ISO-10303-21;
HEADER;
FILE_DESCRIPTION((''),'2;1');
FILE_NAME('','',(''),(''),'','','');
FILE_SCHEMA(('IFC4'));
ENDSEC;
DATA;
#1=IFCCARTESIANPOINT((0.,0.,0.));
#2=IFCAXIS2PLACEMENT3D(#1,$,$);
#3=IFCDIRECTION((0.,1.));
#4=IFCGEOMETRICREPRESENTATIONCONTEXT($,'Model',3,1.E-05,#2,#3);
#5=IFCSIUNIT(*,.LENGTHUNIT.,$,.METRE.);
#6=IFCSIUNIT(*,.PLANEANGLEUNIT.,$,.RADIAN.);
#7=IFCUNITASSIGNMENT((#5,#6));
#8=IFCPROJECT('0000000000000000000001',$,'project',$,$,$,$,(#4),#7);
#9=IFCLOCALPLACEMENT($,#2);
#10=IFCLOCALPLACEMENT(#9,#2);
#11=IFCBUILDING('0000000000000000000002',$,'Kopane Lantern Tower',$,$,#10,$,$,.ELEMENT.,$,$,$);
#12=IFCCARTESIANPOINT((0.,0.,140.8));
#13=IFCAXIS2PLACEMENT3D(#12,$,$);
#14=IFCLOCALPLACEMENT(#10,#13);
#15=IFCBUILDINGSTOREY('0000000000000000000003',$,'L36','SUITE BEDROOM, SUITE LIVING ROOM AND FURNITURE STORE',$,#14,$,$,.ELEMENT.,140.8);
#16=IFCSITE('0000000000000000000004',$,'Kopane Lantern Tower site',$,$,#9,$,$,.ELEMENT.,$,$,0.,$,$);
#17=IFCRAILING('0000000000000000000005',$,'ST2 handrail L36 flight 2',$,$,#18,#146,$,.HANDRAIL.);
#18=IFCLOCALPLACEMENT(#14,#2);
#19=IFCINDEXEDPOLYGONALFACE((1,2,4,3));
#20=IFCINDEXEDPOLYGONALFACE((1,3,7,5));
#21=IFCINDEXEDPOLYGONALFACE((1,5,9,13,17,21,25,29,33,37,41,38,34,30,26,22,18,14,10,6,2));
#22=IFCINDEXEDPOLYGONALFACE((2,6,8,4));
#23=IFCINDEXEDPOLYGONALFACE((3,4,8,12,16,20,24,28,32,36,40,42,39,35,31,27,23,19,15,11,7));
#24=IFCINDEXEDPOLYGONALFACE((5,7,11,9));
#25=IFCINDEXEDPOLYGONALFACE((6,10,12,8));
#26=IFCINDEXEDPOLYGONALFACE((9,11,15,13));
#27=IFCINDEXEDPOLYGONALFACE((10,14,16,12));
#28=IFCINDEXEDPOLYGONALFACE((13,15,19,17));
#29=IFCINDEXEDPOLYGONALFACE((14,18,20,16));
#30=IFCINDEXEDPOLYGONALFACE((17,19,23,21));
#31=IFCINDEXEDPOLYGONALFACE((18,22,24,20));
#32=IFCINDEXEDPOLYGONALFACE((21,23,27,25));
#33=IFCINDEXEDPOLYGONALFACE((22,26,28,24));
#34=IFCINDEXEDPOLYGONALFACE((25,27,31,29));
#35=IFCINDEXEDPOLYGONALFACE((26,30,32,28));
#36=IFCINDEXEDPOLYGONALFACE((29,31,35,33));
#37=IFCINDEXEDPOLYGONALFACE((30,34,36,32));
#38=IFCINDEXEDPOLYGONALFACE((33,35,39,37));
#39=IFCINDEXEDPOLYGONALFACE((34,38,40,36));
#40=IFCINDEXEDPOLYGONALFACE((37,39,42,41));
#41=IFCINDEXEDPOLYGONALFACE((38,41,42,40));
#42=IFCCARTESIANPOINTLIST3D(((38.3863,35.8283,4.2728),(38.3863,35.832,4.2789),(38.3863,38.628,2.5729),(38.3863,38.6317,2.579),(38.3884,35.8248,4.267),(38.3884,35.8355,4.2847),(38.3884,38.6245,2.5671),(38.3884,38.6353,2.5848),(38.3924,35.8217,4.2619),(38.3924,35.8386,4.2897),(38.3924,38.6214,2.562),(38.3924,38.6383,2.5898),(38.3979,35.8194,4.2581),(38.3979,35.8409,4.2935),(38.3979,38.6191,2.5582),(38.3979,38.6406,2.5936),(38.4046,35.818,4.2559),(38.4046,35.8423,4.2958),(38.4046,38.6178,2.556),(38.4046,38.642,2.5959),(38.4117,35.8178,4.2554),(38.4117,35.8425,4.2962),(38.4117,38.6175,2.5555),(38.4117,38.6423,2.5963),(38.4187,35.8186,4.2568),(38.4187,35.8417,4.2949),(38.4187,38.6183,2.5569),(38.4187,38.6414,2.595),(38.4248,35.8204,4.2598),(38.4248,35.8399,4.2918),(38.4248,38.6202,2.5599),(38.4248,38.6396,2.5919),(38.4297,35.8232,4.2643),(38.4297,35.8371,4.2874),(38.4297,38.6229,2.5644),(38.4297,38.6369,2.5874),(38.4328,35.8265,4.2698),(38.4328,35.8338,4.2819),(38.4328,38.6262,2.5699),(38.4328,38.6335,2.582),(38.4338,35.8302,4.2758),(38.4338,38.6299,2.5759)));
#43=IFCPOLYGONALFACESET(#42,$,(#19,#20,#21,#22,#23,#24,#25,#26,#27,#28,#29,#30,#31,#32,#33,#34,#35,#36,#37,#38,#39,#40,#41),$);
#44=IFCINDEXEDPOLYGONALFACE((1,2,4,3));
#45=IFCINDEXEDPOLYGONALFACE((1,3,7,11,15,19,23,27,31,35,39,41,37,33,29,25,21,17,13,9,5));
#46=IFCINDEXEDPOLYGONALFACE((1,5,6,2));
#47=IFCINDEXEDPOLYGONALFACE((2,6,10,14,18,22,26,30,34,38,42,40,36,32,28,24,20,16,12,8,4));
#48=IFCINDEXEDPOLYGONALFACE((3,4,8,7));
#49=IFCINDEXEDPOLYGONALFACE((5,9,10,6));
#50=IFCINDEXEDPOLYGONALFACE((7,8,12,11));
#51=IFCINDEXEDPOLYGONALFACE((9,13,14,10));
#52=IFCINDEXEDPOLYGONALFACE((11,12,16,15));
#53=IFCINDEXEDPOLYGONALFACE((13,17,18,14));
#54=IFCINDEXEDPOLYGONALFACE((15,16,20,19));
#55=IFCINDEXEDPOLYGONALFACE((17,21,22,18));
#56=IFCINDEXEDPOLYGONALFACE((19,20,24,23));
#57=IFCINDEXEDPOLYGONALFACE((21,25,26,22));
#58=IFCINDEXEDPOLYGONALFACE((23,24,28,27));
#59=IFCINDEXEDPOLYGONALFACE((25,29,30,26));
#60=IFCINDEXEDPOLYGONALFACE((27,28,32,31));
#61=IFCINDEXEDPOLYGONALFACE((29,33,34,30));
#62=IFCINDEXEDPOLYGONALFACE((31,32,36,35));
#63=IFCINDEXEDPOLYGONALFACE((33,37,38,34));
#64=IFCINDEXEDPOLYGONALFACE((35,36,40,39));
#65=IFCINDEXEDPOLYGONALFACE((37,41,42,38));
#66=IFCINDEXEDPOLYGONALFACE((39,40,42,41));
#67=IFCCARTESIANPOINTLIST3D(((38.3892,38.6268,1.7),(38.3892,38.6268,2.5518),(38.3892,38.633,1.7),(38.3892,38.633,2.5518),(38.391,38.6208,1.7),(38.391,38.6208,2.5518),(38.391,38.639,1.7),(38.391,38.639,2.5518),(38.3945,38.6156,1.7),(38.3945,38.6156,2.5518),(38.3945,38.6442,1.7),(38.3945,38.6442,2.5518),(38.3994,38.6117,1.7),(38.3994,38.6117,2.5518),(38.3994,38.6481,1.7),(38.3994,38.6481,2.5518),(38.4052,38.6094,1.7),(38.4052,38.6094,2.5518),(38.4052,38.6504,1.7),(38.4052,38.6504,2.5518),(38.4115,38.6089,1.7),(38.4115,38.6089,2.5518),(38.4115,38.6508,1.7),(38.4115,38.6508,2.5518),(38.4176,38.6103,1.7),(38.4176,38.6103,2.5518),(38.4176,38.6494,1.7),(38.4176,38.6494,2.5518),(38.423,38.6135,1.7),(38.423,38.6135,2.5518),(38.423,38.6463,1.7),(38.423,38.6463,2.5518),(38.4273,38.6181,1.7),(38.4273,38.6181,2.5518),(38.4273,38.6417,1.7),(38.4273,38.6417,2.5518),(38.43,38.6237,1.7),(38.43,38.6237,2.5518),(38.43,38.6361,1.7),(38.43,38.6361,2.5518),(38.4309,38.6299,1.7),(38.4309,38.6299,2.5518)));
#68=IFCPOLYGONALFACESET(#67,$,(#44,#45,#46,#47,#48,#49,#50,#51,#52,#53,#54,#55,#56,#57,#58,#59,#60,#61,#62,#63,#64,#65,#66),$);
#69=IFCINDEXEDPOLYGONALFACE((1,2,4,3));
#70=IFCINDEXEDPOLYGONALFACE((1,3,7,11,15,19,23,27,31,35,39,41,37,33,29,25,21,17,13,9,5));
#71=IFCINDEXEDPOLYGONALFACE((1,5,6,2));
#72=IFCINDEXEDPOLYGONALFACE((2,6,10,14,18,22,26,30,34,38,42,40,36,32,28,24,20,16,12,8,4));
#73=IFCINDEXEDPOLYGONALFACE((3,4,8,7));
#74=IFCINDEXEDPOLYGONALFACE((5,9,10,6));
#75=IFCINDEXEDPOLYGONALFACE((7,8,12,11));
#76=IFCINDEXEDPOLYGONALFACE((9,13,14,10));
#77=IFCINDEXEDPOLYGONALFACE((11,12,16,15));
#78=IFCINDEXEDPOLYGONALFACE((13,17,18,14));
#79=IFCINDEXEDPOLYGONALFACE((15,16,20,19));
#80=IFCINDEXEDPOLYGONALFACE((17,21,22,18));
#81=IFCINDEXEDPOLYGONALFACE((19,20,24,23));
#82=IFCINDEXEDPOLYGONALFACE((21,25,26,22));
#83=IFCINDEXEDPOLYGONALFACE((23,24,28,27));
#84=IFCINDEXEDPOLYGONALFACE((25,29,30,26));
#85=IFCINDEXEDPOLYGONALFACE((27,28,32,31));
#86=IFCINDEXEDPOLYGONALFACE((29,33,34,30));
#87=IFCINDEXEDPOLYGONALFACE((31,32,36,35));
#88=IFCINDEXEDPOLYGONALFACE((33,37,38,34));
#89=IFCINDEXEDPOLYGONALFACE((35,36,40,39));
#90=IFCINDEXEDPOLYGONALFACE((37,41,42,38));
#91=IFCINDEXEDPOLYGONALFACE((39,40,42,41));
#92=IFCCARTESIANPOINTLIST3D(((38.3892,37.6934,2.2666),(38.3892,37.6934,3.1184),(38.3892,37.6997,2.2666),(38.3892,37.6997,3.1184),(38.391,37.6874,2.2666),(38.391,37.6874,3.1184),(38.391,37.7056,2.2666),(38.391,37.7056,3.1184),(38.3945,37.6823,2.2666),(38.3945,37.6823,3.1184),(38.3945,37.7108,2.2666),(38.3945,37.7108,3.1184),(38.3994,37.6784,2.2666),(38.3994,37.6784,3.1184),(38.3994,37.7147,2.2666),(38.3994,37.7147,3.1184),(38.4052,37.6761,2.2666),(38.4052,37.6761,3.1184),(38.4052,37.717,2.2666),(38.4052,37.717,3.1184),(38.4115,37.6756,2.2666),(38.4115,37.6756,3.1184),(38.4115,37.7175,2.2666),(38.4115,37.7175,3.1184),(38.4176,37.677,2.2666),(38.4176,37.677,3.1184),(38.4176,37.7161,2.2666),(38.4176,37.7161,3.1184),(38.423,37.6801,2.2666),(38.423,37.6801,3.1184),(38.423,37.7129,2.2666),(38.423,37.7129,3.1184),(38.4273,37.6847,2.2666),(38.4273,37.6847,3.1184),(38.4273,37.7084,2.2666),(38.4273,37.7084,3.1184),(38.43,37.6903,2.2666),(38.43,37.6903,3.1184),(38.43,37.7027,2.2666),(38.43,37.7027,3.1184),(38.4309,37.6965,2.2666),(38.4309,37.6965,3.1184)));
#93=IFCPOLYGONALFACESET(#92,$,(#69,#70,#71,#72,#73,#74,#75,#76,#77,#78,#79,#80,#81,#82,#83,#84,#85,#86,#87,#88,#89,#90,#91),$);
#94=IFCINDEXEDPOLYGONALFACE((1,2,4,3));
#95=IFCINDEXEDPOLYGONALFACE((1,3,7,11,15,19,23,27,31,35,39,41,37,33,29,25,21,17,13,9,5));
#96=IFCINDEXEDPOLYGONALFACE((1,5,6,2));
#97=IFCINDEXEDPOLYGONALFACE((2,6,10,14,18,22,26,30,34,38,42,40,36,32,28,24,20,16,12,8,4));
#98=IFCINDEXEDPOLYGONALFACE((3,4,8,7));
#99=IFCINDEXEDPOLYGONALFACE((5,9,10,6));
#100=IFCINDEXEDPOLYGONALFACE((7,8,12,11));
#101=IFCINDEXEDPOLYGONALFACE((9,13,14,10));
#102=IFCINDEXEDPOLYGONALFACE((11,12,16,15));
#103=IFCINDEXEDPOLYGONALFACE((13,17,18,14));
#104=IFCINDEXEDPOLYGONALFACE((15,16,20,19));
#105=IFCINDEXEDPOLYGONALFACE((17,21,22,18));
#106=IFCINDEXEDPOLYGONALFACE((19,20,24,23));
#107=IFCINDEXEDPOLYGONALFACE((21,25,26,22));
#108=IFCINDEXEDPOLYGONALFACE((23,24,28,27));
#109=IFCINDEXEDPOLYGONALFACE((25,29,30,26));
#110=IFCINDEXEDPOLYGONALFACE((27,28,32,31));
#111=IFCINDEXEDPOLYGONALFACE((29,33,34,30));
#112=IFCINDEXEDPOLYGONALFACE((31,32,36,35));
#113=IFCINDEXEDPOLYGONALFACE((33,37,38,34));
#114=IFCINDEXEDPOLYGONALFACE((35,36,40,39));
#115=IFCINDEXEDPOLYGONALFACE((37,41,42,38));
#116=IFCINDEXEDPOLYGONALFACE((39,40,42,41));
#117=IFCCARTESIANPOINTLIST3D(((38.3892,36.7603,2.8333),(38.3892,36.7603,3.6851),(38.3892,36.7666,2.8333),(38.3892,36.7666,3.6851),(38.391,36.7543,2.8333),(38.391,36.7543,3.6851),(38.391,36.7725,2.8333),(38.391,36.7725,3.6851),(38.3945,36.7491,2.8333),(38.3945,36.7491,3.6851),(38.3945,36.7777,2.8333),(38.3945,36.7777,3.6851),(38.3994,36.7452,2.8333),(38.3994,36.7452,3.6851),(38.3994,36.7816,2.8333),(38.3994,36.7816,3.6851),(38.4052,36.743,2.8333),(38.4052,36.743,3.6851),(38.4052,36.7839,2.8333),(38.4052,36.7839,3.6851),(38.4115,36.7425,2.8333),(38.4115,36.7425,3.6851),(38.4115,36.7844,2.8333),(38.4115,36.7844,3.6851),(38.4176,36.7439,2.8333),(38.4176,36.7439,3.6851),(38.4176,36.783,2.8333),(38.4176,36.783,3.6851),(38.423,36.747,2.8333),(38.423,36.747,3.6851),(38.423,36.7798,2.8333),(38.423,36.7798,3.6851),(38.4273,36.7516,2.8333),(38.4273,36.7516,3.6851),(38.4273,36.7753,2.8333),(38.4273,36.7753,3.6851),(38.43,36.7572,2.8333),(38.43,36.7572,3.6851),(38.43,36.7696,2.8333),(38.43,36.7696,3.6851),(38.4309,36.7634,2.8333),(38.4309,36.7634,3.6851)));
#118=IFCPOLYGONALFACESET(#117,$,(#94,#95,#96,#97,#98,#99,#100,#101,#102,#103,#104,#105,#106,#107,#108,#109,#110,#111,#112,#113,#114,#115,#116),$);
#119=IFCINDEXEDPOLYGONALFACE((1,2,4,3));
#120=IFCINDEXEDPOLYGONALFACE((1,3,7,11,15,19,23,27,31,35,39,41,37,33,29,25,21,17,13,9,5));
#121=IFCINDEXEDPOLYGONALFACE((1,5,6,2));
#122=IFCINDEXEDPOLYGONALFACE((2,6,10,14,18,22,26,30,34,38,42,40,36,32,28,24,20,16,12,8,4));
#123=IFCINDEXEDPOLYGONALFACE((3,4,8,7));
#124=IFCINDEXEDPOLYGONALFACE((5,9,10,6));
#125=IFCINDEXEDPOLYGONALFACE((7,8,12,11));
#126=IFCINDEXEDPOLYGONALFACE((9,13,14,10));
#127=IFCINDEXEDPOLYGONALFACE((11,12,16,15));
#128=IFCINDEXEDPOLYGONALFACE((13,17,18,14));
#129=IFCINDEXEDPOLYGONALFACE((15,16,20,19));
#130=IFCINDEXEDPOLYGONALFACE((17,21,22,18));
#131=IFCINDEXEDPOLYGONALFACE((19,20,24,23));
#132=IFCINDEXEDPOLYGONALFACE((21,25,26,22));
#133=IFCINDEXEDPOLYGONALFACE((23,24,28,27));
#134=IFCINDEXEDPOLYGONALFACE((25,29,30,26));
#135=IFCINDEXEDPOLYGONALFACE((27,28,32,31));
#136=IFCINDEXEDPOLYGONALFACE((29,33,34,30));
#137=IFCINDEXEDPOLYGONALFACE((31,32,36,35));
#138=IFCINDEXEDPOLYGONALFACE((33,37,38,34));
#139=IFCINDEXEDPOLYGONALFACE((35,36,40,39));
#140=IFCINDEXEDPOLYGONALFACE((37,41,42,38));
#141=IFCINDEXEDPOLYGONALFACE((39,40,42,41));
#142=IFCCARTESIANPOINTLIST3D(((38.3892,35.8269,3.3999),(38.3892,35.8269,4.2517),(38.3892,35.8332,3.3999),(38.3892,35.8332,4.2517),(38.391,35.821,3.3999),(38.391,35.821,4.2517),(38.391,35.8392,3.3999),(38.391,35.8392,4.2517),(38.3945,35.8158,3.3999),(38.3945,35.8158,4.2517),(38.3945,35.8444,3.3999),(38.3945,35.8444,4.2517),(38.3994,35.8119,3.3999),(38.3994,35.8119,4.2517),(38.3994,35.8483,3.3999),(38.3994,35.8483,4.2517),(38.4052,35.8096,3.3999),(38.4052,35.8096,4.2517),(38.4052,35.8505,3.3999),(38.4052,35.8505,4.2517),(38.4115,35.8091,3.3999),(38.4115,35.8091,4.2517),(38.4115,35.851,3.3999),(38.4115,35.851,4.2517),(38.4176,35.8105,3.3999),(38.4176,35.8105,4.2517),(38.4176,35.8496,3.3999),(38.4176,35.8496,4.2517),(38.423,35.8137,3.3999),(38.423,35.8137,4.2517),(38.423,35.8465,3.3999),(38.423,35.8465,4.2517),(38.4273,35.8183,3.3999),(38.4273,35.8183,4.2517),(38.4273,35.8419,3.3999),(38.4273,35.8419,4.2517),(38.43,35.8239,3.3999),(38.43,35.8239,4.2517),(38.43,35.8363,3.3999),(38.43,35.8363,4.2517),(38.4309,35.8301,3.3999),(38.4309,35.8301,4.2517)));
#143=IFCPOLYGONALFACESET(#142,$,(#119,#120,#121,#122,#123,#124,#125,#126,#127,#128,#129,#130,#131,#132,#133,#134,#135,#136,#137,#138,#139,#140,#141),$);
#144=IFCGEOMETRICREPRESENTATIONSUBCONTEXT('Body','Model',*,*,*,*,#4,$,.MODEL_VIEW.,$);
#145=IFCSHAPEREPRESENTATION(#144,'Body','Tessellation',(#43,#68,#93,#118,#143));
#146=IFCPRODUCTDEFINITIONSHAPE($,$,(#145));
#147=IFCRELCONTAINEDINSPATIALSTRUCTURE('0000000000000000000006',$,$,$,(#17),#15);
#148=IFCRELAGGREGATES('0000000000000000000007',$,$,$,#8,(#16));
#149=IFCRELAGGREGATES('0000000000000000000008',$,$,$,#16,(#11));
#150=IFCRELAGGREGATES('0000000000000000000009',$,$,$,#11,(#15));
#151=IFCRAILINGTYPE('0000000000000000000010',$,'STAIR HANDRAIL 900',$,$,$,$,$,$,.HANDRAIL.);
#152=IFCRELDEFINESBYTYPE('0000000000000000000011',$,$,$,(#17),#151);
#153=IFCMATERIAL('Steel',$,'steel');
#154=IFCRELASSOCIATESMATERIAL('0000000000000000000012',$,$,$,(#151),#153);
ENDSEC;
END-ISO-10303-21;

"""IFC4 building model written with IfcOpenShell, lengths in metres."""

from ifc_helpers import new_model, si_unit, direction, frame, origin, origin_2d, place, context, subcontext, project, spatial, circle, extrude, material, type_object, element, save


model = new_model("IFC4")

# Units and contexts
model_context = context("Model", 3, precision=1e-05, world=origin(), true_north=direction((0.0, 1.0)))
body_context = subcontext(model_context, "Body", "Model", "MODEL_VIEW")
ifc_project = project(units=[si_unit("LENGTHUNIT", "METRE"), si_unit("PLANEANGLEUNIT", "RADIAN")], contexts=[model_context])

# Site, building, storey
site_placement = place(None, origin())
site = spatial("IfcSite", under=ifc_project, at=site_placement, Name="Kopane Lantern Tower site", CompositionType="ELEMENT", RefElevation=0.0)
building_placement = place(site_placement, origin())
building = spatial("IfcBuilding", under=site, at=building_placement, Name="Kopane Lantern Tower", CompositionType="ELEMENT")
storey_placement = place(building_placement, frame((0.0, 0.0, 140.8)))
storey = spatial("IfcBuildingStorey", under=building, at=storey_placement, Name="L36", Description="SUITE BEDROOM, SUITE LIVING ROOM AND FURNITURE STORE", CompositionType="ELEMENT", Elevation=140.8)

# Railing
ifc_material_1 = material(Name="Steel", Category="steel")
railing_type_1 = type_object("IfcRailingType", Name="STAIR HANDRAIL 900", PredefinedType="HANDRAIL", material=ifc_material_1)
for number, where, name in (
    (1, (38.4099, 38.6299, 1.7), "ST2 handrail L36 flight 2"),
):
    element("IfcRailing", number, at=place(storey_placement, frame(where)), inside=storey, type_object=railing_type_1, Name=name, PredefinedType="HANDRAIL", context=body_context, shape_type="SweptSolid", body=[
        extrude(circle(Radius=0.0239, at=origin_2d()), frame((0.0, 0.0, 0.876), z_axis=(0.0, -0.854778, 0.518994), x_axis=(1.0, 0.0, 0.0)), (0.0, 0.0, 1.0), 3.2754),
        extrude(circle(Radius=0.021, at=origin_2d()), origin(), (0.0, 0.0, 1.0), 0.8518),
        extrude(circle(Radius=0.021, at=origin_2d()), frame((0.0, -0.9333, 0.5667)), (0.0, 0.0, 1.0), 0.8518),
        extrude(circle(Radius=0.021, at=origin_2d()), frame((0.0, -1.8665, 1.1333)), (0.0, 0.0, 1.0), 0.8518),
        extrude(circle(Radius=0.021, at=origin_2d()), frame((0.0, -2.7998, 1.7)), (0.0, 0.0, 1.0), 0.8518),
    ])

save(model, "model.ifc")
